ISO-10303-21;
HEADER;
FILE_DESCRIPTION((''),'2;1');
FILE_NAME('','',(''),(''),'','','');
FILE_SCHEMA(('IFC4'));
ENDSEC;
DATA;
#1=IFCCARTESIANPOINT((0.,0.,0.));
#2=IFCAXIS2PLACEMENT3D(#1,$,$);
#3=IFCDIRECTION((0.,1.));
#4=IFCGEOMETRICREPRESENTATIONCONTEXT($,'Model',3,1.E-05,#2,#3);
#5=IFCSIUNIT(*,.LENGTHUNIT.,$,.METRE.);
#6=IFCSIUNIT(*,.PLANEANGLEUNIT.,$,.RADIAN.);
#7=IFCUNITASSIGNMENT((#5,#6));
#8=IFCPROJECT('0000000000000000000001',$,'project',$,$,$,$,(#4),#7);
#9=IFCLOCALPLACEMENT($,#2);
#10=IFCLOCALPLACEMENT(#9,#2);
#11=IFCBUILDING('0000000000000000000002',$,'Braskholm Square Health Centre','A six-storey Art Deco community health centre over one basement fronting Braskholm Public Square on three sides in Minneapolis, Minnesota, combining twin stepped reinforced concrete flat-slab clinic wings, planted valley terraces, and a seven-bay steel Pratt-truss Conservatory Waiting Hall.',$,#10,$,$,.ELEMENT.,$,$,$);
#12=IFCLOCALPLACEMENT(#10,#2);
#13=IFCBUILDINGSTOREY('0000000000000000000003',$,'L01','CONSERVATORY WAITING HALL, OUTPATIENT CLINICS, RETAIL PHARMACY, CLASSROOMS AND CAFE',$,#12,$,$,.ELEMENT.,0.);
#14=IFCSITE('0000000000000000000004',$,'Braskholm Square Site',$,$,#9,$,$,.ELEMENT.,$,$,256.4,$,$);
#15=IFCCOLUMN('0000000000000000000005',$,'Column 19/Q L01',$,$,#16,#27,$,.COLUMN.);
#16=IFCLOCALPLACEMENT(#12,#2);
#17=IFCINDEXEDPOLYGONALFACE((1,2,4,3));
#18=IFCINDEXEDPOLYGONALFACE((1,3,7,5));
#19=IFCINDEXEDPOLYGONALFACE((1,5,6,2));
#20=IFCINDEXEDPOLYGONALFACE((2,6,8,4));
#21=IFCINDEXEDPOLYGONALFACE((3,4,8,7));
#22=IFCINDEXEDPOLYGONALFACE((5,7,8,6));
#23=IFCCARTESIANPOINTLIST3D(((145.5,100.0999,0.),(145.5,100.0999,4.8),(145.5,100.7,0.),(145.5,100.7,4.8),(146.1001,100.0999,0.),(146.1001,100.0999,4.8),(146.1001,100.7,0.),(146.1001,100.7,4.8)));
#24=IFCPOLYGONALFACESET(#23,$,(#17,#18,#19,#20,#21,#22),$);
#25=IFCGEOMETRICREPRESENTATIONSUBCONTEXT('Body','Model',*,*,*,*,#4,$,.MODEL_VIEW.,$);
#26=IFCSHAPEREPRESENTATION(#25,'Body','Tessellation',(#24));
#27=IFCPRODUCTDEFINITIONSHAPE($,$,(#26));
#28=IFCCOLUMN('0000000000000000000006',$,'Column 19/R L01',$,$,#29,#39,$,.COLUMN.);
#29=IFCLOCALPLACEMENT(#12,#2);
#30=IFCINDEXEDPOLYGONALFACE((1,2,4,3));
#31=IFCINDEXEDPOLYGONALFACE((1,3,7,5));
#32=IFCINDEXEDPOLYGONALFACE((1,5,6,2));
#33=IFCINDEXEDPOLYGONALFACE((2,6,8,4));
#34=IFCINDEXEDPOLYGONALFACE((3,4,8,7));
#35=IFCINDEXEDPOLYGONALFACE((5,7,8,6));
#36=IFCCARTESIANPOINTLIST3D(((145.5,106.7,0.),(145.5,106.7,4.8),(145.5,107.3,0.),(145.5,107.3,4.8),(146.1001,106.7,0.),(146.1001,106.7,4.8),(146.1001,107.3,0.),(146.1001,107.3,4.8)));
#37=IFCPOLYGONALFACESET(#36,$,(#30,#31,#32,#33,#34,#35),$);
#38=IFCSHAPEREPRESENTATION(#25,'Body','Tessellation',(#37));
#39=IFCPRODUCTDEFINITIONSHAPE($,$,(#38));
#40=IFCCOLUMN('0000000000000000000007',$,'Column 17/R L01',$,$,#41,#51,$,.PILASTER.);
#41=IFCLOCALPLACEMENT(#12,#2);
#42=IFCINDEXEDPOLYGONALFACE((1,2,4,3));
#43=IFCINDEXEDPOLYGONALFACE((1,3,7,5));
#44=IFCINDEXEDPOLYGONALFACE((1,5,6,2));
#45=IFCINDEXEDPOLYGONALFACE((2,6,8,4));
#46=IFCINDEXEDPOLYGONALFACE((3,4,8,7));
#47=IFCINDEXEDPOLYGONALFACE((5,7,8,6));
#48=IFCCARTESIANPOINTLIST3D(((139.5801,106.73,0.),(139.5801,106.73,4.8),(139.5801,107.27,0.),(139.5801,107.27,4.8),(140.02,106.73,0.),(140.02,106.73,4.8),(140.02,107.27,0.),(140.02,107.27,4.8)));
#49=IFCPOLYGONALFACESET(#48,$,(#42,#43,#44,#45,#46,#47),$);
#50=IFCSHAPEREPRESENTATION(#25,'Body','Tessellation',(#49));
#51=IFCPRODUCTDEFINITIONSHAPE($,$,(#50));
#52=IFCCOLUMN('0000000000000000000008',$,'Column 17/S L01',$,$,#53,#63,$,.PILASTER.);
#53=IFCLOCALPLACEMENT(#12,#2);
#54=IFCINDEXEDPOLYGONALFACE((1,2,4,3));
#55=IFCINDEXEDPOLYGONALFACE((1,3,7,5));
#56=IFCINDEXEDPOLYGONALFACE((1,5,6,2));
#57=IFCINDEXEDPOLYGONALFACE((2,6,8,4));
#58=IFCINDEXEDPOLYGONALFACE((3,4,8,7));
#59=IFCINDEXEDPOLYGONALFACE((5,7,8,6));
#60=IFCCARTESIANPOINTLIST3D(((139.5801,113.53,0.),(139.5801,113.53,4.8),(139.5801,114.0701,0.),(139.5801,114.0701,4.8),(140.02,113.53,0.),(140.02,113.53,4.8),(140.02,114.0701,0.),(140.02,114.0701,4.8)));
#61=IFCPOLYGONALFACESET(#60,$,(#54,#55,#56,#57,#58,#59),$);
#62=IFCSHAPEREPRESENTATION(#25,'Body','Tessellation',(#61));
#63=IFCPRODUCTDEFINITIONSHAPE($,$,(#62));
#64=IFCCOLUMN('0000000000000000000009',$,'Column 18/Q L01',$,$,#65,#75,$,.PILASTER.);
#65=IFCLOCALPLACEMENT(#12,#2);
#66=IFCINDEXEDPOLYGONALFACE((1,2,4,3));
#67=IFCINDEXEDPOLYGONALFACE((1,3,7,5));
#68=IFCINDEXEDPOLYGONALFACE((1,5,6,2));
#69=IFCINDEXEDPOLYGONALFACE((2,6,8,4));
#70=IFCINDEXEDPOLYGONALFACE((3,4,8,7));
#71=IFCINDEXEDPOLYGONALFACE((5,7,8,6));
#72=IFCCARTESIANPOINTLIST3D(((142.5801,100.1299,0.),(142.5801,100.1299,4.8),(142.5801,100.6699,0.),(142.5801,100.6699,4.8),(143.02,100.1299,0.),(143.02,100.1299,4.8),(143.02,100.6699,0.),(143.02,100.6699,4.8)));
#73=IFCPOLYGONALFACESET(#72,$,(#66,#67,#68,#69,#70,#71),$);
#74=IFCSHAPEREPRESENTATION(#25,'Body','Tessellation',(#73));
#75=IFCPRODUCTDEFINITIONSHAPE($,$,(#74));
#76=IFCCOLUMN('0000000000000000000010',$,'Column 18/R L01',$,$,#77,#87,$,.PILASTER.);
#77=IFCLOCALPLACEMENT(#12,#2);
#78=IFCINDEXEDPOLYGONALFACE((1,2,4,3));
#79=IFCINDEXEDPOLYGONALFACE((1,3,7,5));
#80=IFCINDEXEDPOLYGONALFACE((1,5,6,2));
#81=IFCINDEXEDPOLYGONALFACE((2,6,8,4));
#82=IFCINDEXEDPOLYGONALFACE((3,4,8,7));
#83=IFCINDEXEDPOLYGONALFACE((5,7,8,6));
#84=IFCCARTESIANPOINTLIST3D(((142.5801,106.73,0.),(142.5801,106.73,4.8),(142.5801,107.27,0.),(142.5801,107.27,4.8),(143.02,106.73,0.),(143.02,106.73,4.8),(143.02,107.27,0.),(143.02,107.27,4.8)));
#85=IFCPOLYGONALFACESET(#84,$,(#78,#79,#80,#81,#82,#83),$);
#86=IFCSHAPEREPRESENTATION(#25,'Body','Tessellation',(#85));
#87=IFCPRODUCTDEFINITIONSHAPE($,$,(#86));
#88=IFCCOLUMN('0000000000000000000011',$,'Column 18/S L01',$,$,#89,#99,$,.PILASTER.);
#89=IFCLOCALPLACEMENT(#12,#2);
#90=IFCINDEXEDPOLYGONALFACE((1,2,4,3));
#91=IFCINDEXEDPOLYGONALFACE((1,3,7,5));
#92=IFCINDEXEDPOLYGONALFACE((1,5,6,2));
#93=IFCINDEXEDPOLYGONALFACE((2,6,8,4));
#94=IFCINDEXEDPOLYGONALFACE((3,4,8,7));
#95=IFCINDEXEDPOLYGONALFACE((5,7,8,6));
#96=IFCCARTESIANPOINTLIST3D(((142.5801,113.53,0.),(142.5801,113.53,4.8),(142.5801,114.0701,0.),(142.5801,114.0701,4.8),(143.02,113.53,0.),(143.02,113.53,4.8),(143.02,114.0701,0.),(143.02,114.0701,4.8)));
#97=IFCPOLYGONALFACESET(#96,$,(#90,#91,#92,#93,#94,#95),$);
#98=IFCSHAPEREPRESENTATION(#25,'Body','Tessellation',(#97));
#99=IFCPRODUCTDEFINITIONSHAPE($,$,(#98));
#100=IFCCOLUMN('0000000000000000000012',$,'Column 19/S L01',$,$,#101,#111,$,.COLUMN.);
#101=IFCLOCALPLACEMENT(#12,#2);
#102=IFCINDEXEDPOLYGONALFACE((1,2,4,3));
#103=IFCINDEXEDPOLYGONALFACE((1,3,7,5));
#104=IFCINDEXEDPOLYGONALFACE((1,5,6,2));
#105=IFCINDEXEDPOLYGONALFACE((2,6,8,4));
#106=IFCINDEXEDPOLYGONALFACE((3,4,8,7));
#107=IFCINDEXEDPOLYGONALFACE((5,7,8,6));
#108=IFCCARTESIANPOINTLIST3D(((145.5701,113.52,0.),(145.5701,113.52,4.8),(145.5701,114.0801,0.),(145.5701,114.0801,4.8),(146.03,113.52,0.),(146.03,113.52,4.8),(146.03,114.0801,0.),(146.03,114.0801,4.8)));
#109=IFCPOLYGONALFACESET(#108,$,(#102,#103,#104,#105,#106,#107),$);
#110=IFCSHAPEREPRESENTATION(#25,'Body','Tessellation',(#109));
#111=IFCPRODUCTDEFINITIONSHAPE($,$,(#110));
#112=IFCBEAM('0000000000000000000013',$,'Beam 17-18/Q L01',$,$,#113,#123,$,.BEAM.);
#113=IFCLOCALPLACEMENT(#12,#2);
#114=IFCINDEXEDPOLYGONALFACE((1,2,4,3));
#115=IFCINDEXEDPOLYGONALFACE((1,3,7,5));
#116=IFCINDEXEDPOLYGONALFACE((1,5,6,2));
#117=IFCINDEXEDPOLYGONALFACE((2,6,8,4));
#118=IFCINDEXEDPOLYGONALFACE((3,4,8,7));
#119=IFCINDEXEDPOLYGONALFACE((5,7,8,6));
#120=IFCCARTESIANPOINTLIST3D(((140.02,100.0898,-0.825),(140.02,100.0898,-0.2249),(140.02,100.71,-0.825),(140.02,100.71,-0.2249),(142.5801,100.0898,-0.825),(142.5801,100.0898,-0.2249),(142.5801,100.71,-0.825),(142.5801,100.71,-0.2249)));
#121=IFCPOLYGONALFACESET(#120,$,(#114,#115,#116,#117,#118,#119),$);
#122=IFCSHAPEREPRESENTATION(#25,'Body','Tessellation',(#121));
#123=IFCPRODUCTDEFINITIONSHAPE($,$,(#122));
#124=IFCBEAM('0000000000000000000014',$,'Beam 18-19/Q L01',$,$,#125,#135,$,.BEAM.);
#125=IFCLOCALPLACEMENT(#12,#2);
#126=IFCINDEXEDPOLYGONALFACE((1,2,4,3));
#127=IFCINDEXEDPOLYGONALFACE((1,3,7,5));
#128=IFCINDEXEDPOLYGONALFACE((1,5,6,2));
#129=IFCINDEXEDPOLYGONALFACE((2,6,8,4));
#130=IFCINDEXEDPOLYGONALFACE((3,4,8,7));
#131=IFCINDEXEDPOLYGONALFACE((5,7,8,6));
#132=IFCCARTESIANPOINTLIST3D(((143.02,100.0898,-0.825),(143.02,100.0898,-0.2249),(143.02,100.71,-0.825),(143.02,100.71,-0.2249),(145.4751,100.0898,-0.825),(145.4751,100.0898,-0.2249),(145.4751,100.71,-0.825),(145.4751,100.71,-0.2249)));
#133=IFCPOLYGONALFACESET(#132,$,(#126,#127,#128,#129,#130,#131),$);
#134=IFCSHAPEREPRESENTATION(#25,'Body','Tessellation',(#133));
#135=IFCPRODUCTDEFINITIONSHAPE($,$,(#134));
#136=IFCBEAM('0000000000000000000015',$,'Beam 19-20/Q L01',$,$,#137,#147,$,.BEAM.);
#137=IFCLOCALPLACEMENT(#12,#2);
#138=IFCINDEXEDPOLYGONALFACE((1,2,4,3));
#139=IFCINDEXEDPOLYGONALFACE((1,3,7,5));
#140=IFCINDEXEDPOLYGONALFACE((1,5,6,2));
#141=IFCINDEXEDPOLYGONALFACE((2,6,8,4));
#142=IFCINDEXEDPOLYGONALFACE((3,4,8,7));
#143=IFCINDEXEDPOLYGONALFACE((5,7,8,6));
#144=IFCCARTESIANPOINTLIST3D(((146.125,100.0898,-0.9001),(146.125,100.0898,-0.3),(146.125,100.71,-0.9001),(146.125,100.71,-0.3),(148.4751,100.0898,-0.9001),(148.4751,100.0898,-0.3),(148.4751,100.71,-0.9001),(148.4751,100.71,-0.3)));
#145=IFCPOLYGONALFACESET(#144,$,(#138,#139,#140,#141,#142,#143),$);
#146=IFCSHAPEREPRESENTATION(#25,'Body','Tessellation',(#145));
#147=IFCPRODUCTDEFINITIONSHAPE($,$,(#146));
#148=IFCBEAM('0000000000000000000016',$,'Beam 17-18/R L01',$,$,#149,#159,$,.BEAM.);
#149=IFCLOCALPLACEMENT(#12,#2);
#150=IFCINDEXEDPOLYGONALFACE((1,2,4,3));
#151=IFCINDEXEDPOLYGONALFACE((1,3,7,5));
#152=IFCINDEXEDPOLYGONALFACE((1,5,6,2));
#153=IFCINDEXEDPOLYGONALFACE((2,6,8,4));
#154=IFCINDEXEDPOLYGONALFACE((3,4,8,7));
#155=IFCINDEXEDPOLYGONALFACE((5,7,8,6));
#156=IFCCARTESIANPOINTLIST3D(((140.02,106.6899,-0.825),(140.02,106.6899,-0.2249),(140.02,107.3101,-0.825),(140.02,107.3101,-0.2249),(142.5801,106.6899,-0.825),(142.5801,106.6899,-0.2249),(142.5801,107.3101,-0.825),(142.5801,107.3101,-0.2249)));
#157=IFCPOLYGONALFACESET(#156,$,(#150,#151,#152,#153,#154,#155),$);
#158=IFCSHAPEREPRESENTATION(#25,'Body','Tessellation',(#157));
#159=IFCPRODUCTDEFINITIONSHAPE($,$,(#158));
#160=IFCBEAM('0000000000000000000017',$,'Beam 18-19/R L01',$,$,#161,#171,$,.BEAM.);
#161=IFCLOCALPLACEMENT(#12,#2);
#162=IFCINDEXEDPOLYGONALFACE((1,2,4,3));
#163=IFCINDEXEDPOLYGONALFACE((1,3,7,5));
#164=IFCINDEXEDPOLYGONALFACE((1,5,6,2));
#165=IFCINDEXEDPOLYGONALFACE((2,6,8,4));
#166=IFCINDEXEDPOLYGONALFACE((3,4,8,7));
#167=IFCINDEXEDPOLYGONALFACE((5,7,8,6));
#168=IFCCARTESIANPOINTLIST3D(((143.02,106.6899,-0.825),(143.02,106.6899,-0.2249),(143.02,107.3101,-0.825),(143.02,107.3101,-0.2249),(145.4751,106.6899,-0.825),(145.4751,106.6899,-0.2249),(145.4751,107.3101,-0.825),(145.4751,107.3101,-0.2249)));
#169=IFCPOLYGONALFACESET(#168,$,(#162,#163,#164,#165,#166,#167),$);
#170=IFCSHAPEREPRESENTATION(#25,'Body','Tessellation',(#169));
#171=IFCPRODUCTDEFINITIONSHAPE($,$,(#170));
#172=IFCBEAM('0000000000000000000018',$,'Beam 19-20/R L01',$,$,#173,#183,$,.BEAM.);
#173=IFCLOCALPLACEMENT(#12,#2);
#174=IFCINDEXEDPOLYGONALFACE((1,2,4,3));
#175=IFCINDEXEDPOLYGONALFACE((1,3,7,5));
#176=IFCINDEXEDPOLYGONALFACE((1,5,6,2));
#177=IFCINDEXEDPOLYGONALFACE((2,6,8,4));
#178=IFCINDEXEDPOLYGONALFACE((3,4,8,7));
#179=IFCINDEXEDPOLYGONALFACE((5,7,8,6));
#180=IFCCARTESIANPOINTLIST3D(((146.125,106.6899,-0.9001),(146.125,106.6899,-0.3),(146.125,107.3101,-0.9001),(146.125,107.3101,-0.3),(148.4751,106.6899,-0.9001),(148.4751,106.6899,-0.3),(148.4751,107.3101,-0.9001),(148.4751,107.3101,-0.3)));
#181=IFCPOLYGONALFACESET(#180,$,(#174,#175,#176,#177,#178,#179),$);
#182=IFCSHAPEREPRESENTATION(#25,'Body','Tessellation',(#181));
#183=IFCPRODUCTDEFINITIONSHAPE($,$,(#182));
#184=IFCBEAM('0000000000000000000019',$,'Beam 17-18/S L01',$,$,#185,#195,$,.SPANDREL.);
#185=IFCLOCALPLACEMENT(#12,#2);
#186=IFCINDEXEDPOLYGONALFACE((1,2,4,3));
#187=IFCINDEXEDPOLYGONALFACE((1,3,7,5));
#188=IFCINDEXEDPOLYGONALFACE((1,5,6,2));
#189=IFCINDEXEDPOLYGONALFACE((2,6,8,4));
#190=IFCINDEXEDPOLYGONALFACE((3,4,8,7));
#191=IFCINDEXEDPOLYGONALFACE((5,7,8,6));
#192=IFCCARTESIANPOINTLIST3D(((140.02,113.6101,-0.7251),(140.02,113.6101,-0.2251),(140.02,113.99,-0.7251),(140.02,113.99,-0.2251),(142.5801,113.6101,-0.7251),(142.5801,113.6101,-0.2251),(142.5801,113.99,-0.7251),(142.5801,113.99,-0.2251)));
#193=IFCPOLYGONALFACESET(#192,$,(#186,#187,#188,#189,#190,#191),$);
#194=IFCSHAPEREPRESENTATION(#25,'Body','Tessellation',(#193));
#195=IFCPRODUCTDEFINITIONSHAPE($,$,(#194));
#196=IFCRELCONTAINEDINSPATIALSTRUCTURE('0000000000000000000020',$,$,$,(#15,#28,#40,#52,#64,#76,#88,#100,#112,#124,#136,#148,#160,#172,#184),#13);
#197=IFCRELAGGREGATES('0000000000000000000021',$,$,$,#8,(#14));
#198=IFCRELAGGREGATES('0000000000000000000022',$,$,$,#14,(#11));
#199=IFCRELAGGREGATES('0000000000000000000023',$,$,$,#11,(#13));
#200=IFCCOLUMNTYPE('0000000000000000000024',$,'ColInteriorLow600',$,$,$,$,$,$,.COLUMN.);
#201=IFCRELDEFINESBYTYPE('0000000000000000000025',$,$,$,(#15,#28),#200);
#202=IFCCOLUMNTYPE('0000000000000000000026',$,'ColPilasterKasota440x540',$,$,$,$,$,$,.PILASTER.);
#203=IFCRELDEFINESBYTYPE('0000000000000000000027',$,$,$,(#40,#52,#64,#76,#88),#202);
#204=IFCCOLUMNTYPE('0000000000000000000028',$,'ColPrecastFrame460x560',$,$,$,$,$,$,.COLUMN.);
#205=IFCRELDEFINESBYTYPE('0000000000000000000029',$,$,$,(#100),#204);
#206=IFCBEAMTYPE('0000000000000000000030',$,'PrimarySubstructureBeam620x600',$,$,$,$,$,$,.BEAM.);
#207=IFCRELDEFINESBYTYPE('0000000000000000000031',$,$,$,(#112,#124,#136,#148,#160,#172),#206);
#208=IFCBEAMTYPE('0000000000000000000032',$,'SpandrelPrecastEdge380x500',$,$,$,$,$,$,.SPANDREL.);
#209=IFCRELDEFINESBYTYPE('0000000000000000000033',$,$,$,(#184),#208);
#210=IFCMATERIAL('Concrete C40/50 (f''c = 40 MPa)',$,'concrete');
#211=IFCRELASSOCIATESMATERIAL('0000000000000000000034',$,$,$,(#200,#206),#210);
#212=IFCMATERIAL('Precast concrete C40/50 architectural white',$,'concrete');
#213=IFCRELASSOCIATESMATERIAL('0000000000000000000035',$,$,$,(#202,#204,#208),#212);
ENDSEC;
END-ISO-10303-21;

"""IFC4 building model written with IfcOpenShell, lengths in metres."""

from ifc_helpers import new_model, si_unit, direction, frame, origin, origin_2d, place, context, subcontext, project, spatial, rectangle, extrude, material, material_profile, profile_set, type_object, element, save


model = new_model("IFC4")

# Units and contexts
model_context = context("Model", 3, precision=1e-05, world=origin(), true_north=direction((0.0, 1.0)))
body_context = subcontext(model_context, "Body", "Model", "MODEL_VIEW")
ifc_project = project(units=[si_unit("LENGTHUNIT", "METRE"), si_unit("PLANEANGLEUNIT", "RADIAN")], contexts=[model_context])

# Site, building, storey
site_placement = place(None, origin())
site = spatial("IfcSite", under=ifc_project, at=site_placement, Name="Braskholm Square Site", CompositionType="ELEMENT", RefElevation=256.4)
building_placement = place(site_placement, origin())
building = spatial("IfcBuilding", under=site, at=building_placement, Name="Braskholm Square Health Centre", Description="A six-storey Art Deco community health centre over one basement fronting Braskholm Public Square on three sides in Minneapolis, Minnesota, combining twin stepped reinforced concrete flat-slab clinic wings, planted valley terraces, and a seven-bay steel Pratt-truss Conservatory Waiting Hall.", CompositionType="ELEMENT")
storey_placement = place(building_placement, origin())
storey = spatial("IfcBuildingStorey", under=building, at=storey_placement, Name="L01", Description="CONSERVATORY WAITING HALL, OUTPATIENT CLINICS, RETAIL PHARMACY, CLASSROOMS AND CAFE", CompositionType="ELEMENT", Elevation=0.0)

# Columns
ifc_material_1 = material(Name="Concrete C40/50 (f'c = 40 MPa)", Category="concrete")
ifc_material_profile_1 = material_profile(ifc_material_1, rectangle(XDim=0.6001, YDim=0.6001, at=origin_2d()), Name="RC-600X600")
ifc_profile_set_1 = profile_set([ifc_material_profile_1], Name="Concrete C40/50 (f'c = 40 MPa)")
column_type_1 = type_object("IfcColumnType", Name="ColInteriorLow600", PredefinedType="COLUMN", material=ifc_profile_set_1)
for number, where, z_axis, x_axis, name in (
    (1, (145.8, 100.3999, 0.0), (0.0, 0.0, 1.0), (1.0, 0.0, 0.0), "Column 19/Q L01"),
    (2, (145.8, 107.0, 0.0), (0.0, 0.0, 1.0), (1.0, 0.0, 0.0), "Column 19/R L01"),
):
    element("IfcColumn", number, at=place(storey_placement, frame(where, z_axis=z_axis, x_axis=x_axis)), inside=storey, type_object=column_type_1, Name=name, PredefinedType="COLUMN", context=body_context, shape_type="SweptSolid", body=[
        extrude(rectangle(XDim=0.6001, YDim=0.6001, at=origin_2d()), origin(), (0.0, 0.0, 1.0), 4.8),
    ])
ifc_material_2 = material(Name="Precast concrete C40/50 architectural white", Category="concrete")
ifc_material_profile_2 = material_profile(ifc_material_2, rectangle(XDim=0.4399, YDim=0.54, at=origin_2d()), Name="RC-440X540")
ifc_profile_set_2 = profile_set([ifc_material_profile_2], Name="Precast concrete C40/50 architectural white")
column_type_2 = type_object("IfcColumnType", Name="ColPilasterKasota440x540", PredefinedType="PILASTER", material=ifc_profile_set_2)
for number, where, z_axis, x_axis, name in (
    (3, (139.8, 107.0, 0.0), (0.0, 0.0, 1.0), (1.0, 0.0, 0.0), "Column 17/R L01"),
    (4, (139.8, 113.8, 0.0), (0.0, 0.0, 1.0), (1.0, 0.0, 0.0), "Column 17/S L01"),
    (5, (142.8, 100.3999, 0.0), (0.0, 0.0, 1.0), (1.0, 0.0, 0.0), "Column 18/Q L01"),
    (6, (142.8, 107.0, 0.0), (0.0, 0.0, 1.0), (1.0, 0.0, 0.0), "Column 18/R L01"),
    (7, (142.8, 113.8, 0.0), (0.0, 0.0, 1.0), (1.0, 0.0, 0.0), "Column 18/S L01"),
):
    element("IfcColumn", number, at=place(storey_placement, frame(where, z_axis=z_axis, x_axis=x_axis)), inside=storey, type_object=column_type_2, Name=name, PredefinedType="PILASTER", context=body_context, shape_type="SweptSolid", body=[
        extrude(rectangle(XDim=0.4399, YDim=0.54, at=origin_2d()), origin(), (0.0, 0.0, 1.0), 4.8),
    ])
ifc_material_profile_3 = material_profile(ifc_material_2, rectangle(XDim=0.46, YDim=0.5601, at=origin_2d()), Name="RC-460X560")
ifc_profile_set_3 = profile_set([ifc_material_profile_3], Name="Precast concrete C40/50 architectural white")
column_type_3 = type_object("IfcColumnType", Name="ColPrecastFrame460x560", PredefinedType="COLUMN", material=ifc_profile_set_3)
column_placement = place(storey_placement, frame((145.8, 113.8, 0.0), z_axis=(0.0, 0.0, 1.0), x_axis=(1.0, 0.0, 0.0)))
element("IfcColumn", 8, at=column_placement, inside=storey, type_object=column_type_3, Name="Column 19/S L01", PredefinedType="COLUMN", context=body_context, shape_type="SweptSolid", body=[
    extrude(rectangle(XDim=0.46, YDim=0.5601, at=origin_2d()), origin(), (0.0, 0.0, 1.0), 4.8),
])

# Beams
ifc_material_profile_4 = material_profile(ifc_material_1, rectangle(XDim=0.6201, YDim=0.6001, at=origin_2d()), Name="RCB-620X600")
ifc_profile_set_4 = profile_set([ifc_material_profile_4], Name="Concrete C40/50 (f'c = 40 MPa)")
beam_type_1 = type_object("IfcBeamType", Name="PrimarySubstructureBeam620x600", PredefinedType="BEAM", material=ifc_profile_set_4)
beam_1_placement = place(storey_placement, frame((140.02, 100.3999, -0.5249), z_axis=(1.0, 0.0, 0.0), x_axis=(0.0, 1.0, 0.0)))
element("IfcBeam", 9, at=beam_1_placement, inside=storey, type_object=beam_type_1, Name="Beam 17-18/Q L01", PredefinedType="BEAM", context=body_context, shape_type="SweptSolid", body=[
    extrude(rectangle(XDim=0.6201, YDim=0.6001, at=origin_2d()), origin(), (0.0, 0.0, 1.0), 2.5601),
])
beam_2_placement = place(storey_placement, frame((143.02, 100.3999, -0.5249), z_axis=(1.0, 0.0, 0.0), x_axis=(0.0, 1.0, 0.0)))
element("IfcBeam", 10, at=beam_2_placement, inside=storey, type_object=beam_type_1, Name="Beam 18-19/Q L01", PredefinedType="BEAM", context=body_context, shape_type="SweptSolid", body=[
    extrude(rectangle(XDim=0.6201, YDim=0.6001, at=origin_2d()), origin(), (0.0, 0.0, 1.0), 2.4551),
])
beam_3_placement = place(storey_placement, frame((146.125, 100.3999, -0.6001), z_axis=(1.0, 0.0, 0.0), x_axis=(0.0, 1.0, 0.0)))
element("IfcBeam", 11, at=beam_3_placement, inside=storey, type_object=beam_type_1, Name="Beam 19-20/Q L01", PredefinedType="BEAM", context=body_context, shape_type="SweptSolid", body=[
    extrude(rectangle(XDim=0.6201, YDim=0.6001, at=origin_2d()), origin(), (0.0, 0.0, 1.0), 2.3501),
])
beam_4_placement = place(storey_placement, frame((140.02, 107.0, -0.5249), z_axis=(1.0, 0.0, 0.0), x_axis=(0.0, 1.0, 0.0)))
element("IfcBeam", 12, at=beam_4_placement, inside=storey, type_object=beam_type_1, Name="Beam 17-18/R L01", PredefinedType="BEAM", context=body_context, shape_type="SweptSolid", body=[
    extrude(rectangle(XDim=0.6201, YDim=0.6001, at=origin_2d()), origin(), (0.0, 0.0, 1.0), 2.5601),
])
beam_5_placement = place(storey_placement, frame((143.02, 107.0, -0.5249), z_axis=(1.0, 0.0, 0.0), x_axis=(0.0, 1.0, 0.0)))
element("IfcBeam", 13, at=beam_5_placement, inside=storey, type_object=beam_type_1, Name="Beam 18-19/R L01", PredefinedType="BEAM", context=body_context, shape_type="SweptSolid", body=[
    extrude(rectangle(XDim=0.6201, YDim=0.6001, at=origin_2d()), origin(), (0.0, 0.0, 1.0), 2.4551),
])
beam_6_placement = place(storey_placement, frame((146.125, 107.0, -0.6001), z_axis=(1.0, 0.0, 0.0), x_axis=(0.0, 1.0, 0.0)))
element("IfcBeam", 14, at=beam_6_placement, inside=storey, type_object=beam_type_1, Name="Beam 19-20/R L01", PredefinedType="BEAM", context=body_context, shape_type="SweptSolid", body=[
    extrude(rectangle(XDim=0.6201, YDim=0.6001, at=origin_2d()), origin(), (0.0, 0.0, 1.0), 2.3501),
])
ifc_material_profile_5 = material_profile(ifc_material_2, rectangle(XDim=0.3799, YDim=0.5, at=origin_2d()), Name="RCB-380X500")
ifc_profile_set_5 = profile_set([ifc_material_profile_5], Name="Precast concrete C40/50 architectural white")
beam_type_2 = type_object("IfcBeamType", Name="SpandrelPrecastEdge380x500", PredefinedType="SPANDREL", material=ifc_profile_set_5)
beam_7_placement = place(storey_placement, frame((140.02, 113.8, -0.4751), z_axis=(1.0, 0.0, 0.0), x_axis=(0.0, 1.0, 0.0)))
element("IfcBeam", 15, at=beam_7_placement, inside=storey, type_object=beam_type_2, Name="Beam 17-18/S L01", PredefinedType="SPANDREL", context=body_context, shape_type="SweptSolid", body=[
    extrude(rectangle(XDim=0.3799, YDim=0.5, at=origin_2d()), origin(), (0.0, 0.0, 1.0), 2.5601),
])

save(model, "model.ifc")
